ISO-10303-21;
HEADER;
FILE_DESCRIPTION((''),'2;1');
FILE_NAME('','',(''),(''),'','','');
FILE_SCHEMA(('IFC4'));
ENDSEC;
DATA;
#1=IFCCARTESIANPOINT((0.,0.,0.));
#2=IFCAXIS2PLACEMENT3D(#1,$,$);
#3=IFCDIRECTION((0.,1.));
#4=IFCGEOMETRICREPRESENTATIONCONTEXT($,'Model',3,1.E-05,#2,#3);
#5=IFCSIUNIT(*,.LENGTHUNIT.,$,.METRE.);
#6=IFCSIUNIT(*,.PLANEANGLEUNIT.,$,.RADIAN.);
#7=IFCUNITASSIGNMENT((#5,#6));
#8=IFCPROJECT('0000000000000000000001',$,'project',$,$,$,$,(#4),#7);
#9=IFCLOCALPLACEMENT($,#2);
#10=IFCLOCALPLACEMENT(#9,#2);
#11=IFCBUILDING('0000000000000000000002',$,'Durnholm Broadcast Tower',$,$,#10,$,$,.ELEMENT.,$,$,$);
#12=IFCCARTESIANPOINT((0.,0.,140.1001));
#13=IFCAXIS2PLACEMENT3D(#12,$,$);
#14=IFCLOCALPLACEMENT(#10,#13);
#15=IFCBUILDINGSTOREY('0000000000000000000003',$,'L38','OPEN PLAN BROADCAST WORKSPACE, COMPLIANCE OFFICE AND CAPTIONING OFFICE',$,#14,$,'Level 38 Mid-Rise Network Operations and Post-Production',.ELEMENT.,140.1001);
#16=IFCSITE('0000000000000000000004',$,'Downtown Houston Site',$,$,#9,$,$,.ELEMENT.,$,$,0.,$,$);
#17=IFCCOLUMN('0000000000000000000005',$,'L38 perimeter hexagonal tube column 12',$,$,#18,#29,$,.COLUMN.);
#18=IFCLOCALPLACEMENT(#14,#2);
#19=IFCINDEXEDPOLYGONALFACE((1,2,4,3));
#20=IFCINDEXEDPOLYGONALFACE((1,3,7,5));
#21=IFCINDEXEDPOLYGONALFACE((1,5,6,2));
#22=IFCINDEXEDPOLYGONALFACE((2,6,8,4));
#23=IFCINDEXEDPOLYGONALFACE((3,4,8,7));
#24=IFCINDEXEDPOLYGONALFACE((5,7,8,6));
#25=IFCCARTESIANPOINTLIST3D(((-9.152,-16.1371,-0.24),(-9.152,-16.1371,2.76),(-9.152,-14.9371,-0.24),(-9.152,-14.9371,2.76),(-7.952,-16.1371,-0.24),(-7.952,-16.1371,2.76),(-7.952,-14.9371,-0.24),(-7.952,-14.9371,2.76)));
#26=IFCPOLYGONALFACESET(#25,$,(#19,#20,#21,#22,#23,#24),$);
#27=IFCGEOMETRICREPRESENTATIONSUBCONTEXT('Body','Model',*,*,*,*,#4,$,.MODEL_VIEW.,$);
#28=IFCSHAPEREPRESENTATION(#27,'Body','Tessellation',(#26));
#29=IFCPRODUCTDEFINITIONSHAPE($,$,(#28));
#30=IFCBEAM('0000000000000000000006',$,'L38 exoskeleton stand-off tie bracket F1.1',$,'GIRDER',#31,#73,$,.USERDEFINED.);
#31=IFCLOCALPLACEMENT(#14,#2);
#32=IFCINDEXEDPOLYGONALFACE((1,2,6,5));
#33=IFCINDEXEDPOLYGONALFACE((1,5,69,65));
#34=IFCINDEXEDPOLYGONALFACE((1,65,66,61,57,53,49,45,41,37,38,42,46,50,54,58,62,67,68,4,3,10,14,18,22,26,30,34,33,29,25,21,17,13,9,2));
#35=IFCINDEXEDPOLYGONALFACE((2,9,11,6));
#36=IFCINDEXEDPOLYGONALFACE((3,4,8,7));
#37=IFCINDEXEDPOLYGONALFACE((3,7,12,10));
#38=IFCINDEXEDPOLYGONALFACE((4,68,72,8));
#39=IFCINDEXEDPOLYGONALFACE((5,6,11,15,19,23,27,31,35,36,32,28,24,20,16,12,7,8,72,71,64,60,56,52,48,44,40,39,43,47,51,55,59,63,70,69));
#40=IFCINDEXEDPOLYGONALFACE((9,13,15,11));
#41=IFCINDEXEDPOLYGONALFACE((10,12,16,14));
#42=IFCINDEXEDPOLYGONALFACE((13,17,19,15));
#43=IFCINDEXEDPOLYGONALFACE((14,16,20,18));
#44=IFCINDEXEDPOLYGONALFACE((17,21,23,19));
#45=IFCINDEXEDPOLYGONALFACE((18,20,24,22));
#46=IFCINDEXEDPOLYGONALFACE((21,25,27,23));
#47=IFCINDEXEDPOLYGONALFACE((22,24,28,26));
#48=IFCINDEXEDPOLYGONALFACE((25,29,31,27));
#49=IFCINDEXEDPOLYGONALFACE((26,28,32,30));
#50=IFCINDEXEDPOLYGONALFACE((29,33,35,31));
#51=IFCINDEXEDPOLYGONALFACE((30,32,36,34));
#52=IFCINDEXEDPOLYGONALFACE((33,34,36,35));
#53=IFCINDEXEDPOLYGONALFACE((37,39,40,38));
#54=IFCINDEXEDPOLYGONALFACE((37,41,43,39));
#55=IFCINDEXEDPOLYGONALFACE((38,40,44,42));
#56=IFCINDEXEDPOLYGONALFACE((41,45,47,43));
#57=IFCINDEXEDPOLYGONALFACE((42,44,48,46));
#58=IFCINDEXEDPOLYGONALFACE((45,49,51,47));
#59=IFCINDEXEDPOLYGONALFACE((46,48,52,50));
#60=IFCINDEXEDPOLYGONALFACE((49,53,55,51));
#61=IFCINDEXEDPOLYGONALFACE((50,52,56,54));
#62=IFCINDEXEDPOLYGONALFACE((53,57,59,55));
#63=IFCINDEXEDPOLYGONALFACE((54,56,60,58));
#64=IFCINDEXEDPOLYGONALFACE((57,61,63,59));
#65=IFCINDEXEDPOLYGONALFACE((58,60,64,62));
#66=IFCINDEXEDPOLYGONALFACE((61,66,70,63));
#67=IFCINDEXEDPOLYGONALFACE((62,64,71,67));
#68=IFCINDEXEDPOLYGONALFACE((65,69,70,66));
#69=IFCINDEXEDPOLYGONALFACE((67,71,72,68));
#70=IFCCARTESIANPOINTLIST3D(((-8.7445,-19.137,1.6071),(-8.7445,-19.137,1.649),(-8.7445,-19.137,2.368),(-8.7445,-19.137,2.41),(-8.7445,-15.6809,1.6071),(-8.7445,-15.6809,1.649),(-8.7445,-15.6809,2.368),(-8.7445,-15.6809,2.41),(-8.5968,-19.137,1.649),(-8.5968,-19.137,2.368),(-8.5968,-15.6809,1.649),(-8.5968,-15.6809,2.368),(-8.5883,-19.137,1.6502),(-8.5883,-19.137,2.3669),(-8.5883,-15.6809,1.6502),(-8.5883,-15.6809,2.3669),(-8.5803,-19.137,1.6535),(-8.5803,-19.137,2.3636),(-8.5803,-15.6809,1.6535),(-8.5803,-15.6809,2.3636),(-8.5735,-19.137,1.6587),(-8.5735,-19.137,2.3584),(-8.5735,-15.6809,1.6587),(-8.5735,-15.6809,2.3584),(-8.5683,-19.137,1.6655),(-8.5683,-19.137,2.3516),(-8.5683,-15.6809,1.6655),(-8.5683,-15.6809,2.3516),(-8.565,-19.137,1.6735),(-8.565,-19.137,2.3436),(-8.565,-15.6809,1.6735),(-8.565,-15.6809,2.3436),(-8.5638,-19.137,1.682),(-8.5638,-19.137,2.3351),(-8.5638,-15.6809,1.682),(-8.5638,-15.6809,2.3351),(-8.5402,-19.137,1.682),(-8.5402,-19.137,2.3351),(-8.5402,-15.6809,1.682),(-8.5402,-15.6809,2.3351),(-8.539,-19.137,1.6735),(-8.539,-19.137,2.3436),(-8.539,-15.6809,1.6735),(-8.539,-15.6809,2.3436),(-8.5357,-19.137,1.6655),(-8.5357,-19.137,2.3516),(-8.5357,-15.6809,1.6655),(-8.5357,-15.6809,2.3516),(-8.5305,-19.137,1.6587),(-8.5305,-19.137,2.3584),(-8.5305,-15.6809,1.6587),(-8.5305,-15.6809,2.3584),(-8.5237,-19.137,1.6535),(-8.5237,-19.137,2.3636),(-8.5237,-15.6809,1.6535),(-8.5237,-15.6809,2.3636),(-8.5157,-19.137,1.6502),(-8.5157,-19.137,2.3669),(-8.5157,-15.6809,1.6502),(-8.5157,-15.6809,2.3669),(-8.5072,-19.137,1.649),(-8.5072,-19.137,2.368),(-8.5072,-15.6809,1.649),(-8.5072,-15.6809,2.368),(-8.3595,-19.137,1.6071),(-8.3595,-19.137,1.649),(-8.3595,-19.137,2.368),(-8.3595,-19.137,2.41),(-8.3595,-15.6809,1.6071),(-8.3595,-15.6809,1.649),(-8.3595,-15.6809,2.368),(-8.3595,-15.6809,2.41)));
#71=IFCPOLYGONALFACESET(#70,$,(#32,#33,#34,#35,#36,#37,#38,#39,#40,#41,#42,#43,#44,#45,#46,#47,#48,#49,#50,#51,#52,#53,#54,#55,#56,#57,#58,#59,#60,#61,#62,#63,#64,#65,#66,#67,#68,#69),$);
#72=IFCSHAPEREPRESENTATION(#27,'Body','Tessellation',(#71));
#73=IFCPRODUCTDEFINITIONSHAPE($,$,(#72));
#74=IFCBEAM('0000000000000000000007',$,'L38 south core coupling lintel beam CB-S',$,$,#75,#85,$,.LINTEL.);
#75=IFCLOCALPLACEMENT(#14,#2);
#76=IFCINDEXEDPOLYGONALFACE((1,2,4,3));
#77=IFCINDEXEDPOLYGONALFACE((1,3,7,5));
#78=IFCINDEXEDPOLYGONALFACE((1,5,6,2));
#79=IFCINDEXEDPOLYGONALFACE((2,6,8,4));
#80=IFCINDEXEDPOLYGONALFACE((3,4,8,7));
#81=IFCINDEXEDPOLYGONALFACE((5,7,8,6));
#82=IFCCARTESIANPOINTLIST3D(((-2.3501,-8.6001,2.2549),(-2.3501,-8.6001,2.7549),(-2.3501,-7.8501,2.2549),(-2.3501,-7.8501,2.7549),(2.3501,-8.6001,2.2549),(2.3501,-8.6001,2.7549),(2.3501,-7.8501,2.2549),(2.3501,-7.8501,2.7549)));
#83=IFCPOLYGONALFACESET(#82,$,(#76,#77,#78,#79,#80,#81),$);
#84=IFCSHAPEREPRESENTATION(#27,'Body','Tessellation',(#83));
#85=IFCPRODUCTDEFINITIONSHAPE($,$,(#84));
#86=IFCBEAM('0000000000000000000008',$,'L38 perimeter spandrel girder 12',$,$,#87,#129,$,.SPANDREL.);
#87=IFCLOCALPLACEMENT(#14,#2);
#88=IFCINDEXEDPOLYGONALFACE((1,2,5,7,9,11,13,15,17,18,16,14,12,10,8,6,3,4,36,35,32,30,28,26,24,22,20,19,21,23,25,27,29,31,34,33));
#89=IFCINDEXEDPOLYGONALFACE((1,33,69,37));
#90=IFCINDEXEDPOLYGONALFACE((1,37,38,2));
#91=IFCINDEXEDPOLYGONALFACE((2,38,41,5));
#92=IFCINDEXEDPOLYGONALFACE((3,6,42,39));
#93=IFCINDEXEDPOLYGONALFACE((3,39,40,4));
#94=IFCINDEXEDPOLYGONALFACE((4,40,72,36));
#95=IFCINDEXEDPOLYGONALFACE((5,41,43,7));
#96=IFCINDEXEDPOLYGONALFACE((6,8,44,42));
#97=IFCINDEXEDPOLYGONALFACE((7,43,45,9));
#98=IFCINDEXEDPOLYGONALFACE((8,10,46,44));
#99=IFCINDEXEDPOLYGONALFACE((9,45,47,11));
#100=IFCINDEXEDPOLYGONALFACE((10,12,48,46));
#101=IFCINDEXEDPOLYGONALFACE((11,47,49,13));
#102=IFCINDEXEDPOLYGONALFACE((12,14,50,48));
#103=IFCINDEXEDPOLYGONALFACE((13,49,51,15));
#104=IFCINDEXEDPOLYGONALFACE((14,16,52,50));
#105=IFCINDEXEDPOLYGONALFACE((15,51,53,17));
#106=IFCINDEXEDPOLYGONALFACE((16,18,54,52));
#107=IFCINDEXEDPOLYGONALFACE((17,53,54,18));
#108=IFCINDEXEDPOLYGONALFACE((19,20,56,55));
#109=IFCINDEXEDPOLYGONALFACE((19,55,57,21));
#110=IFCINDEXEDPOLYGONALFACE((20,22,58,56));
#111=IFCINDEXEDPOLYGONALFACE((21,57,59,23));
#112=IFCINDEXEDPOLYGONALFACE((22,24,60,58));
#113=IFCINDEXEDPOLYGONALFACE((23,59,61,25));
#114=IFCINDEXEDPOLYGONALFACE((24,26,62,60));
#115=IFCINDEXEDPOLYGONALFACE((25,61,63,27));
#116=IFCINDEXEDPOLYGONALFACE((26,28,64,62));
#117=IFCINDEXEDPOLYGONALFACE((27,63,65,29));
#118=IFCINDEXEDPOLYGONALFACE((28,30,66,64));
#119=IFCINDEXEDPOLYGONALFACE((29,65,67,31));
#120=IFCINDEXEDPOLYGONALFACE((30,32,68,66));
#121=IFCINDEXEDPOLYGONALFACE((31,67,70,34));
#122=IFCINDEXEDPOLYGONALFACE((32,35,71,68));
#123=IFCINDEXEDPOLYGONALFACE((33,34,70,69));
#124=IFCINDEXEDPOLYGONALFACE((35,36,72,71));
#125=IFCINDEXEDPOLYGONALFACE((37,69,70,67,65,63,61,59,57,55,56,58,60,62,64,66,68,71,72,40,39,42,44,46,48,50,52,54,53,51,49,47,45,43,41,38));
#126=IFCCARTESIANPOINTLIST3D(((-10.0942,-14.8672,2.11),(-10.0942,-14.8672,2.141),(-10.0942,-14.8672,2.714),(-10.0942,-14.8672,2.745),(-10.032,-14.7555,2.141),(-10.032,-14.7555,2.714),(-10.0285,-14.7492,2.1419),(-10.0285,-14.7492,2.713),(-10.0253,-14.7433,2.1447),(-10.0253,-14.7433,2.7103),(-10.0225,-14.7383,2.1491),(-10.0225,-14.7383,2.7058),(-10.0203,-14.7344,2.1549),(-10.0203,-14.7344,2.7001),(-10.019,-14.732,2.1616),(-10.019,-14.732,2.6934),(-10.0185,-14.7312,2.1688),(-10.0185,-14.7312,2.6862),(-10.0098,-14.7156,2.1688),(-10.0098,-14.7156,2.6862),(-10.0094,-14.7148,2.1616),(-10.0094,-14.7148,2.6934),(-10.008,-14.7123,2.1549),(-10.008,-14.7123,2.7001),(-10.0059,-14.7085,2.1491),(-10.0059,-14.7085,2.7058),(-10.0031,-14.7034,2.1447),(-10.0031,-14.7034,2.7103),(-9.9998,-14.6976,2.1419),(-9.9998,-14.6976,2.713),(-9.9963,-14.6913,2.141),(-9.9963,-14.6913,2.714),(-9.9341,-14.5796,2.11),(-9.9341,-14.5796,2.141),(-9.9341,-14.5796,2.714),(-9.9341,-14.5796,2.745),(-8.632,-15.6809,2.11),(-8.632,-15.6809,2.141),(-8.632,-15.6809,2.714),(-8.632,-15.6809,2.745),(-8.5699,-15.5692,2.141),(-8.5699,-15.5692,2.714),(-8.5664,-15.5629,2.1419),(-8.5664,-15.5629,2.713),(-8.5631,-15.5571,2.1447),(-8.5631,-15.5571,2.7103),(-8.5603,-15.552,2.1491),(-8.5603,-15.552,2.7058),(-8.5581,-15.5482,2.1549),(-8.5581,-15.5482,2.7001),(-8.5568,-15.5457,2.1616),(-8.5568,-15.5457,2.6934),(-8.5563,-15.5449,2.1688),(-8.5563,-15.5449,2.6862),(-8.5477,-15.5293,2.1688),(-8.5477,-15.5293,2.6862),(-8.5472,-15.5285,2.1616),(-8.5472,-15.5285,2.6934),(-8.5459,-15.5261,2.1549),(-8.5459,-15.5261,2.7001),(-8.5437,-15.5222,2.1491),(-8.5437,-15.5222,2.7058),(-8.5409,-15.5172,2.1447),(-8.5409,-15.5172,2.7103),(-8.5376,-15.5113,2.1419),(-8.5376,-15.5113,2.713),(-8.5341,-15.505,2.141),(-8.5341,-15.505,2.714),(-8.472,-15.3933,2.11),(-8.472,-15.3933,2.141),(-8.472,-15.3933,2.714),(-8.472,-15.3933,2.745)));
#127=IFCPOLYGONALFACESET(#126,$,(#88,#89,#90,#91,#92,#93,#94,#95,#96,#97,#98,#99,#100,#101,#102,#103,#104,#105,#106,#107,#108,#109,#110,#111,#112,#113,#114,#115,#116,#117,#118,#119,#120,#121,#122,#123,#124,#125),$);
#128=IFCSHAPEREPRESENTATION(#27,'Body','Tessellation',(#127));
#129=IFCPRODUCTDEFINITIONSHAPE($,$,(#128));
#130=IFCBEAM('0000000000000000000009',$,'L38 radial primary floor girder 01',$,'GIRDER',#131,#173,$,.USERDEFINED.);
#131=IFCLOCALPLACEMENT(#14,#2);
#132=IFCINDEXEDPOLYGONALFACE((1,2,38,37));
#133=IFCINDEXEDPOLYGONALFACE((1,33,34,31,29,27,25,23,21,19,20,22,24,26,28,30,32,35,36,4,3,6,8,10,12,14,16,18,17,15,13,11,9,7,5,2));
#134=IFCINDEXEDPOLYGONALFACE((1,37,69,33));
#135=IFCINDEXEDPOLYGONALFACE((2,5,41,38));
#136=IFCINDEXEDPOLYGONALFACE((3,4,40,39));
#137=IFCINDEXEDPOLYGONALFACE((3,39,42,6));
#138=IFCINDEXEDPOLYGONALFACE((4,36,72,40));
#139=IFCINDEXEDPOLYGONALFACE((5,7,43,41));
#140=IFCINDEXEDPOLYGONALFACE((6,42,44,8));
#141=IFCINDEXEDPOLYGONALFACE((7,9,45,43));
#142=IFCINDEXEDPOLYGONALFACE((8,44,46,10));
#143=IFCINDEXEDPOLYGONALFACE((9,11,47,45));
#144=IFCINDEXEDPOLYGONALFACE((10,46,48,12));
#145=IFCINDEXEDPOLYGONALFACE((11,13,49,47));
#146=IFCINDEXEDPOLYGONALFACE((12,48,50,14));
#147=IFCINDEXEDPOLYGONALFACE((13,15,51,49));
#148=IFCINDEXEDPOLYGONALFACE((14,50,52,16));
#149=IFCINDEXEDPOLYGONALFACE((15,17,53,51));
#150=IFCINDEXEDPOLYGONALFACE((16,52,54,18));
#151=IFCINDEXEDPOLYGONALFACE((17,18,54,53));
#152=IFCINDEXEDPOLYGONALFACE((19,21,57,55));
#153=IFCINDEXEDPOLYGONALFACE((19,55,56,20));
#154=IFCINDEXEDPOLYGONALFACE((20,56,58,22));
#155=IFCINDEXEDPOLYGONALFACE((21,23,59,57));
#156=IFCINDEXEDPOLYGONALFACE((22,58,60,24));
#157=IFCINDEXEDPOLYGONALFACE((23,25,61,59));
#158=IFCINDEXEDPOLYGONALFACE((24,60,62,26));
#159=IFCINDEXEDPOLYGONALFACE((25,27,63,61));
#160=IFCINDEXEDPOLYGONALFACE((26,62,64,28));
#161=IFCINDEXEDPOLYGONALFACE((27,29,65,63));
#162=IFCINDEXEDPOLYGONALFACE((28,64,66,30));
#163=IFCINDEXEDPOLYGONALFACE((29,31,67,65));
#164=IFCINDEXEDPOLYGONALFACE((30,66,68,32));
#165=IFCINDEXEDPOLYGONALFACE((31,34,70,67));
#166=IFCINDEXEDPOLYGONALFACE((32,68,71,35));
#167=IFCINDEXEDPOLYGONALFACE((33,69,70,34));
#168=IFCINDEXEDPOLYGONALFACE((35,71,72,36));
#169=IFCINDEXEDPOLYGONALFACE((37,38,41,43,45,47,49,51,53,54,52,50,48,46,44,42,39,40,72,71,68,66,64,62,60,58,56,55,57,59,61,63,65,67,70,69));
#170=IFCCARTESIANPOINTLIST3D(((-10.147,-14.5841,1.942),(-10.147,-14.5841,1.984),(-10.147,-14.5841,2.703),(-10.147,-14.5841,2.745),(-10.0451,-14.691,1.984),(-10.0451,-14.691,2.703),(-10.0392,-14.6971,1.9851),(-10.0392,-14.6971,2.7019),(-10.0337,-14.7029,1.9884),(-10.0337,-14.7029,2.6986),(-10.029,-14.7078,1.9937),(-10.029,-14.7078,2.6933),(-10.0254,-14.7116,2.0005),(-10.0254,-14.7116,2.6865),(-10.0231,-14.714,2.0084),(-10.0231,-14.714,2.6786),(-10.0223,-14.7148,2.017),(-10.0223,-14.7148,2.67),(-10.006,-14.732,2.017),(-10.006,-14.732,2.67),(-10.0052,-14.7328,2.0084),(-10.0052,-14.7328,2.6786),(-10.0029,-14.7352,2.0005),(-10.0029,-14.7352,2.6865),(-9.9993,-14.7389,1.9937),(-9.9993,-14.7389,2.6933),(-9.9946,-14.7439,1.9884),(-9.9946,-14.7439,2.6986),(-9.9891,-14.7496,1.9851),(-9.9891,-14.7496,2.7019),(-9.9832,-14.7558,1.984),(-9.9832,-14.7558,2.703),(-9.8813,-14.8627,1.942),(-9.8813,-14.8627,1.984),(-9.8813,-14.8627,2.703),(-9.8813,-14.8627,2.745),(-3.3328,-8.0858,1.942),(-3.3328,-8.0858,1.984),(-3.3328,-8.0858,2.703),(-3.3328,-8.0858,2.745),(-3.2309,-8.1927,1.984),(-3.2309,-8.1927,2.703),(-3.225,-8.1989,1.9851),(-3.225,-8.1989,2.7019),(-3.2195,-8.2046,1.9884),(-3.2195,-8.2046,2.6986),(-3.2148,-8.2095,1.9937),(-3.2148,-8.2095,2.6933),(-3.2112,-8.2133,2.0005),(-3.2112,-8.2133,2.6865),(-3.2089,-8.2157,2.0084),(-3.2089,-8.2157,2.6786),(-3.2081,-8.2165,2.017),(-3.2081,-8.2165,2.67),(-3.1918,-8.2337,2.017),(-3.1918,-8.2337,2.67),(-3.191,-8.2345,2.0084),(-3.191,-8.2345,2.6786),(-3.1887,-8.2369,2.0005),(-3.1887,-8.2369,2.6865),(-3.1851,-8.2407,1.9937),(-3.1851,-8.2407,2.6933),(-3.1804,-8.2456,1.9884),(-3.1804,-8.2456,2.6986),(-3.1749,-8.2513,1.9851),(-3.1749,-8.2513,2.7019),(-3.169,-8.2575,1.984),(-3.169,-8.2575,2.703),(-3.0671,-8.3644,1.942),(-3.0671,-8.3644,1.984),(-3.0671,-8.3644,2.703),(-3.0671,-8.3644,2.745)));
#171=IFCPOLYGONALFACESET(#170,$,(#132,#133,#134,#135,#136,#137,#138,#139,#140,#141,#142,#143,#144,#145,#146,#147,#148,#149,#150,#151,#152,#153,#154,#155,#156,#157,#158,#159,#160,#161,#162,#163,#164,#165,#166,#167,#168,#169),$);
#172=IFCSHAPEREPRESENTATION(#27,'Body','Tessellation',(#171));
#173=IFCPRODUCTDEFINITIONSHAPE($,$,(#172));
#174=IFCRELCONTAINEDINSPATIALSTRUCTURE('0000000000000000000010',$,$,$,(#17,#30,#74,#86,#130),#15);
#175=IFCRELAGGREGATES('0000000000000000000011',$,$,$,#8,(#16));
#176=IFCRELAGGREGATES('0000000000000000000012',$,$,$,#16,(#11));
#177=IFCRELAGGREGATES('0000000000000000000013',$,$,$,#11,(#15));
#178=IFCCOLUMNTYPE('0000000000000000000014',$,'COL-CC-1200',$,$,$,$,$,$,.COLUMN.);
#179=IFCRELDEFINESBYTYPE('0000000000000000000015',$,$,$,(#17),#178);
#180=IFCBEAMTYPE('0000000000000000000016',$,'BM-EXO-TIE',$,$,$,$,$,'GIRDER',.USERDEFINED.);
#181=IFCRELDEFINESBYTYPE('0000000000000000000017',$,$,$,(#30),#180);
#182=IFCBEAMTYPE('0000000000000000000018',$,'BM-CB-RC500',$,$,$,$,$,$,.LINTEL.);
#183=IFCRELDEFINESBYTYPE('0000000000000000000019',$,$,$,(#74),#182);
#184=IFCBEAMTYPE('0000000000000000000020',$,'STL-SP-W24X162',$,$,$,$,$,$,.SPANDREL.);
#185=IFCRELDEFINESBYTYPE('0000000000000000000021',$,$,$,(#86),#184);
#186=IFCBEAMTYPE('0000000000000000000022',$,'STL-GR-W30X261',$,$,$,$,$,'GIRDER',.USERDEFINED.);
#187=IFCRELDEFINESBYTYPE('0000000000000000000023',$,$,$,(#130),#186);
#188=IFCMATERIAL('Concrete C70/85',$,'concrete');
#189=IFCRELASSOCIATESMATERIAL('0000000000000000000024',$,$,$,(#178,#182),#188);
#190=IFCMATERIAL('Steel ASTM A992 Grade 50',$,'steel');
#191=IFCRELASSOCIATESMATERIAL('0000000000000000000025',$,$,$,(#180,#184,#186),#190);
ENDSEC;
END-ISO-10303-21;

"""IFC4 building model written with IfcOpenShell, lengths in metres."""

from ifc_helpers import new_model, si_unit, direction, frame, origin, origin_2d, place, context, subcontext, project, spatial, rectangle, i_section, extrude, source, transform, mapped, material, material_profile, profile_set, type_object, type_shapes, element, save


model = new_model("IFC4")

# Units and contexts
model_context = context("Model", 3, precision=1e-05, world=origin(), true_north=direction((0.0, 1.0)))
body_context = subcontext(model_context, "Body", "Model", "MODEL_VIEW")
ifc_project = project(units=[si_unit("LENGTHUNIT", "METRE"), si_unit("PLANEANGLEUNIT", "RADIAN")], contexts=[model_context])

# Site, building, storey
site_placement = place(None, origin())
site = spatial("IfcSite", under=ifc_project, at=site_placement, Name="Downtown Houston Site", CompositionType="ELEMENT", RefElevation=0.0)
building_placement = place(site_placement, origin())
building = spatial("IfcBuilding", under=site, at=building_placement, Name="Durnholm Broadcast Tower", CompositionType="ELEMENT")
storey_placement = place(building_placement, frame((0.0, 0.0, 140.1001)))
storey = spatial("IfcBuildingStorey", under=building, at=storey_placement, Name="L38", Description="OPEN PLAN BROADCAST WORKSPACE, COMPLIANCE OFFICE AND CAPTIONING OFFICE", LongName="Level 38 Mid-Rise Network Operations and Post-Production", CompositionType="ELEMENT", Elevation=140.1001)

# Column
ifc_material_1 = material(Name="Concrete C70/85", Category="concrete")
ifc_material_profile_1 = material_profile(ifc_material_1, rectangle(XDim=1.2, YDim=1.2, at=origin_2d()), Name="RC1200X1200")
ifc_profile_set_1 = profile_set([ifc_material_profile_1], Name="Concrete C70/85")
column_type = type_object("IfcColumnType", Name="COL-CC-1200", PredefinedType="COLUMN", material=ifc_profile_set_1)
shared_shape_1 = source(origin(), body_context, "Body", "SweptSolid", [
    extrude(rectangle(XDim=1.2, YDim=1.2, at=origin_2d()), origin(), (0.0, 0.0, 1.0), 3.0),
])
type_shapes(column_type, [shared_shape_1])
column_placement = place(storey_placement, frame((-8.552, -15.5371, -0.24), z_axis=(0.0, 0.0, 1.0), x_axis=(1.0, 0.0, 0.0)))
element("IfcColumn", 1, at=column_placement, inside=storey, type_object=column_type, Name="L38 perimeter hexagonal tube column 12", PredefinedType="COLUMN", context=body_context, shape_type="MappedRepresentation", body=[
    mapped(shared_shape_1, transform((0.0, 0.0, 0.0), x_axis=(1.0, 0.0, 0.0), y_axis=(0.0, 1.0, 0.0), z_axis=(0.0, 0.0, 1.0), scale=1.0)),
])

# Beams
ifc_material_2 = material(Name="Steel ASTM A992 Grade 50", Category="steel")
ifc_material_profile_2 = material_profile(ifc_material_2, i_section(OverallWidth=0.385, OverallDepth=0.803, WebThickness=0.0237, FlangeThickness=0.042, FilletRadius=0.033, at=origin_2d()), Name="W30X261")
ifc_profile_set_2 = profile_set([ifc_material_profile_2], Name="Steel ASTM A992 Grade 50")
beam_type_1 = type_object("IfcBeamType", Name="BM-EXO-TIE", ElementType="GIRDER", PredefinedType="USERDEFINED", material=ifc_profile_set_2)
shared_shape_2 = source(origin(), body_context, "Body", "SweptSolid", [
    extrude(i_section(OverallWidth=0.385, OverallDepth=0.803, WebThickness=0.0237, FlangeThickness=0.042, FilletRadius=0.033, at=origin_2d()), origin(), (0.0, 0.0, 1.0), 3.4561),
])
beam_1_placement = place(storey_placement, frame((-8.552, -15.6809, 2.0085), z_axis=(0.0, -1.0, 0.0), x_axis=(1.0, 0.0, 0.0)))
element("IfcBeam", 2, at=beam_1_placement, inside=storey, type_object=beam_type_1, Name="L38 exoskeleton stand-off tie bracket F1.1", ObjectType="GIRDER", PredefinedType="USERDEFINED", context=body_context, shape_type="MappedRepresentation", body=[
    mapped(shared_shape_2, transform((0.0, 0.0, 0.0), x_axis=(1.0, 0.0, 0.0), y_axis=(0.0, 1.0, 0.0), z_axis=(0.0, 0.0, 1.0), scale=1.0)),
])
ifc_material_profile_3 = material_profile(ifc_material_1, rectangle(XDim=0.75, YDim=0.5, at=origin_2d()), Name="RC750X500")
ifc_profile_set_3 = profile_set([ifc_material_profile_3], Name="Concrete C70/85")
beam_type_2 = type_object("IfcBeamType", Name="BM-CB-RC500", PredefinedType="LINTEL", material=ifc_profile_set_3)
shared_shape_3 = source(origin(), body_context, "Body", "SweptSolid", [
    extrude(rectangle(XDim=0.75, YDim=0.5, at=origin_2d()), origin(), (0.0, 0.0, 1.0), 4.7002),
])
type_shapes(beam_type_2, [shared_shape_3])
beam_2_placement = place(storey_placement, frame((-2.3501, -8.2251, 2.5049), z_axis=(1.0, 0.0, 0.0), x_axis=(0.0, 1.0, 0.0)))
element("IfcBeam", 3, at=beam_2_placement, inside=storey, type_object=beam_type_2, Name="L38 south core coupling lintel beam CB-S", PredefinedType="LINTEL", context=body_context, shape_type="MappedRepresentation", body=[
    mapped(shared_shape_3, transform((0.0, 0.0, 0.0), x_axis=(1.0, 0.0, 0.0), y_axis=(0.0, 1.0, 0.0), z_axis=(0.0, 0.0, 1.0), scale=1.0)),
])
ifc_material_profile_4 = material_profile(ifc_material_2, i_section(OverallWidth=0.3291, OverallDepth=0.635, WebThickness=0.0178, FlangeThickness=0.031, FilletRadius=0.0278, at=origin_2d()), Name="W24X162")
ifc_profile_set_4 = profile_set([ifc_material_profile_4], Name="Steel ASTM A992 Grade 50")
beam_type_3 = type_object("IfcBeamType", Name="STL-SP-W24X162", PredefinedType="SPANDREL", material=ifc_profile_set_4)
shared_shape_4 = source(origin(), body_context, "Body", "SweptSolid", [
    extrude(i_section(OverallWidth=0.3291, OverallDepth=0.635, WebThickness=0.0178, FlangeThickness=0.031, FilletRadius=0.0278, at=origin_2d()), origin(), (0.0, 0.0, 1.0), 1.6733),
])
type_shapes(beam_type_3, [shared_shape_4])
beam_3_placement = place(storey_placement, frame((-8.552, -15.5371, 2.4275), z_axis=(-0.873799, 0.486287, 0.0), x_axis=(-0.486287, -0.873799, 0.0)))
element("IfcBeam", 4, at=beam_3_placement, inside=storey, type_object=beam_type_3, Name="L38 perimeter spandrel girder 12", PredefinedType="SPANDREL", context=body_context, shape_type="MappedRepresentation", body=[
    mapped(shared_shape_4, transform((0.0, 0.0, 0.0), x_axis=(1.0, 0.0, 0.0), y_axis=(0.0, 1.0, 0.0), z_axis=(0.0, 0.0, 1.0), scale=1.0)),
])
ifc_material_profile_5 = material_profile(ifc_material_2, i_section(OverallWidth=0.385, OverallDepth=0.803, WebThickness=0.0237, FlangeThickness=0.042, FilletRadius=0.033, at=origin_2d()), Name="W30X261")
ifc_profile_set_5 = profile_set([ifc_material_profile_5], Name="Steel ASTM A992 Grade 50")
beam_type_4 = type_object("IfcBeamType", Name="STL-GR-W30X261", ElementType="GIRDER", PredefinedType="USERDEFINED", material=ifc_profile_set_5)
shared_shape_5 = source(origin(), body_context, "Body", "SweptSolid", [
    extrude(i_section(OverallWidth=0.385, OverallDepth=0.803, WebThickness=0.0237, FlangeThickness=0.042, FilletRadius=0.033, at=origin_2d()), origin(), (0.0, 0.0, 1.0), 9.416),
])
beam_4_placement = place(storey_placement, frame((-3.2, -8.2251, 2.3435), z_axis=(-0.723683, -0.690132, 0.0), x_axis=(0.690132, -0.723683, 0.0)))
element("IfcBeam", 5, at=beam_4_placement, inside=storey, type_object=beam_type_4, Name="L38 radial primary floor girder 01", ObjectType="GIRDER", PredefinedType="USERDEFINED", context=body_context, shape_type="MappedRepresentation", body=[
    mapped(shared_shape_5, transform((0.0, 0.0, 0.0), x_axis=(1.0, 0.0, 0.0), y_axis=(0.0, 1.0, 0.0), z_axis=(0.0, 0.0, 1.0), scale=1.0)),
])

save(model, "model.ifc")
